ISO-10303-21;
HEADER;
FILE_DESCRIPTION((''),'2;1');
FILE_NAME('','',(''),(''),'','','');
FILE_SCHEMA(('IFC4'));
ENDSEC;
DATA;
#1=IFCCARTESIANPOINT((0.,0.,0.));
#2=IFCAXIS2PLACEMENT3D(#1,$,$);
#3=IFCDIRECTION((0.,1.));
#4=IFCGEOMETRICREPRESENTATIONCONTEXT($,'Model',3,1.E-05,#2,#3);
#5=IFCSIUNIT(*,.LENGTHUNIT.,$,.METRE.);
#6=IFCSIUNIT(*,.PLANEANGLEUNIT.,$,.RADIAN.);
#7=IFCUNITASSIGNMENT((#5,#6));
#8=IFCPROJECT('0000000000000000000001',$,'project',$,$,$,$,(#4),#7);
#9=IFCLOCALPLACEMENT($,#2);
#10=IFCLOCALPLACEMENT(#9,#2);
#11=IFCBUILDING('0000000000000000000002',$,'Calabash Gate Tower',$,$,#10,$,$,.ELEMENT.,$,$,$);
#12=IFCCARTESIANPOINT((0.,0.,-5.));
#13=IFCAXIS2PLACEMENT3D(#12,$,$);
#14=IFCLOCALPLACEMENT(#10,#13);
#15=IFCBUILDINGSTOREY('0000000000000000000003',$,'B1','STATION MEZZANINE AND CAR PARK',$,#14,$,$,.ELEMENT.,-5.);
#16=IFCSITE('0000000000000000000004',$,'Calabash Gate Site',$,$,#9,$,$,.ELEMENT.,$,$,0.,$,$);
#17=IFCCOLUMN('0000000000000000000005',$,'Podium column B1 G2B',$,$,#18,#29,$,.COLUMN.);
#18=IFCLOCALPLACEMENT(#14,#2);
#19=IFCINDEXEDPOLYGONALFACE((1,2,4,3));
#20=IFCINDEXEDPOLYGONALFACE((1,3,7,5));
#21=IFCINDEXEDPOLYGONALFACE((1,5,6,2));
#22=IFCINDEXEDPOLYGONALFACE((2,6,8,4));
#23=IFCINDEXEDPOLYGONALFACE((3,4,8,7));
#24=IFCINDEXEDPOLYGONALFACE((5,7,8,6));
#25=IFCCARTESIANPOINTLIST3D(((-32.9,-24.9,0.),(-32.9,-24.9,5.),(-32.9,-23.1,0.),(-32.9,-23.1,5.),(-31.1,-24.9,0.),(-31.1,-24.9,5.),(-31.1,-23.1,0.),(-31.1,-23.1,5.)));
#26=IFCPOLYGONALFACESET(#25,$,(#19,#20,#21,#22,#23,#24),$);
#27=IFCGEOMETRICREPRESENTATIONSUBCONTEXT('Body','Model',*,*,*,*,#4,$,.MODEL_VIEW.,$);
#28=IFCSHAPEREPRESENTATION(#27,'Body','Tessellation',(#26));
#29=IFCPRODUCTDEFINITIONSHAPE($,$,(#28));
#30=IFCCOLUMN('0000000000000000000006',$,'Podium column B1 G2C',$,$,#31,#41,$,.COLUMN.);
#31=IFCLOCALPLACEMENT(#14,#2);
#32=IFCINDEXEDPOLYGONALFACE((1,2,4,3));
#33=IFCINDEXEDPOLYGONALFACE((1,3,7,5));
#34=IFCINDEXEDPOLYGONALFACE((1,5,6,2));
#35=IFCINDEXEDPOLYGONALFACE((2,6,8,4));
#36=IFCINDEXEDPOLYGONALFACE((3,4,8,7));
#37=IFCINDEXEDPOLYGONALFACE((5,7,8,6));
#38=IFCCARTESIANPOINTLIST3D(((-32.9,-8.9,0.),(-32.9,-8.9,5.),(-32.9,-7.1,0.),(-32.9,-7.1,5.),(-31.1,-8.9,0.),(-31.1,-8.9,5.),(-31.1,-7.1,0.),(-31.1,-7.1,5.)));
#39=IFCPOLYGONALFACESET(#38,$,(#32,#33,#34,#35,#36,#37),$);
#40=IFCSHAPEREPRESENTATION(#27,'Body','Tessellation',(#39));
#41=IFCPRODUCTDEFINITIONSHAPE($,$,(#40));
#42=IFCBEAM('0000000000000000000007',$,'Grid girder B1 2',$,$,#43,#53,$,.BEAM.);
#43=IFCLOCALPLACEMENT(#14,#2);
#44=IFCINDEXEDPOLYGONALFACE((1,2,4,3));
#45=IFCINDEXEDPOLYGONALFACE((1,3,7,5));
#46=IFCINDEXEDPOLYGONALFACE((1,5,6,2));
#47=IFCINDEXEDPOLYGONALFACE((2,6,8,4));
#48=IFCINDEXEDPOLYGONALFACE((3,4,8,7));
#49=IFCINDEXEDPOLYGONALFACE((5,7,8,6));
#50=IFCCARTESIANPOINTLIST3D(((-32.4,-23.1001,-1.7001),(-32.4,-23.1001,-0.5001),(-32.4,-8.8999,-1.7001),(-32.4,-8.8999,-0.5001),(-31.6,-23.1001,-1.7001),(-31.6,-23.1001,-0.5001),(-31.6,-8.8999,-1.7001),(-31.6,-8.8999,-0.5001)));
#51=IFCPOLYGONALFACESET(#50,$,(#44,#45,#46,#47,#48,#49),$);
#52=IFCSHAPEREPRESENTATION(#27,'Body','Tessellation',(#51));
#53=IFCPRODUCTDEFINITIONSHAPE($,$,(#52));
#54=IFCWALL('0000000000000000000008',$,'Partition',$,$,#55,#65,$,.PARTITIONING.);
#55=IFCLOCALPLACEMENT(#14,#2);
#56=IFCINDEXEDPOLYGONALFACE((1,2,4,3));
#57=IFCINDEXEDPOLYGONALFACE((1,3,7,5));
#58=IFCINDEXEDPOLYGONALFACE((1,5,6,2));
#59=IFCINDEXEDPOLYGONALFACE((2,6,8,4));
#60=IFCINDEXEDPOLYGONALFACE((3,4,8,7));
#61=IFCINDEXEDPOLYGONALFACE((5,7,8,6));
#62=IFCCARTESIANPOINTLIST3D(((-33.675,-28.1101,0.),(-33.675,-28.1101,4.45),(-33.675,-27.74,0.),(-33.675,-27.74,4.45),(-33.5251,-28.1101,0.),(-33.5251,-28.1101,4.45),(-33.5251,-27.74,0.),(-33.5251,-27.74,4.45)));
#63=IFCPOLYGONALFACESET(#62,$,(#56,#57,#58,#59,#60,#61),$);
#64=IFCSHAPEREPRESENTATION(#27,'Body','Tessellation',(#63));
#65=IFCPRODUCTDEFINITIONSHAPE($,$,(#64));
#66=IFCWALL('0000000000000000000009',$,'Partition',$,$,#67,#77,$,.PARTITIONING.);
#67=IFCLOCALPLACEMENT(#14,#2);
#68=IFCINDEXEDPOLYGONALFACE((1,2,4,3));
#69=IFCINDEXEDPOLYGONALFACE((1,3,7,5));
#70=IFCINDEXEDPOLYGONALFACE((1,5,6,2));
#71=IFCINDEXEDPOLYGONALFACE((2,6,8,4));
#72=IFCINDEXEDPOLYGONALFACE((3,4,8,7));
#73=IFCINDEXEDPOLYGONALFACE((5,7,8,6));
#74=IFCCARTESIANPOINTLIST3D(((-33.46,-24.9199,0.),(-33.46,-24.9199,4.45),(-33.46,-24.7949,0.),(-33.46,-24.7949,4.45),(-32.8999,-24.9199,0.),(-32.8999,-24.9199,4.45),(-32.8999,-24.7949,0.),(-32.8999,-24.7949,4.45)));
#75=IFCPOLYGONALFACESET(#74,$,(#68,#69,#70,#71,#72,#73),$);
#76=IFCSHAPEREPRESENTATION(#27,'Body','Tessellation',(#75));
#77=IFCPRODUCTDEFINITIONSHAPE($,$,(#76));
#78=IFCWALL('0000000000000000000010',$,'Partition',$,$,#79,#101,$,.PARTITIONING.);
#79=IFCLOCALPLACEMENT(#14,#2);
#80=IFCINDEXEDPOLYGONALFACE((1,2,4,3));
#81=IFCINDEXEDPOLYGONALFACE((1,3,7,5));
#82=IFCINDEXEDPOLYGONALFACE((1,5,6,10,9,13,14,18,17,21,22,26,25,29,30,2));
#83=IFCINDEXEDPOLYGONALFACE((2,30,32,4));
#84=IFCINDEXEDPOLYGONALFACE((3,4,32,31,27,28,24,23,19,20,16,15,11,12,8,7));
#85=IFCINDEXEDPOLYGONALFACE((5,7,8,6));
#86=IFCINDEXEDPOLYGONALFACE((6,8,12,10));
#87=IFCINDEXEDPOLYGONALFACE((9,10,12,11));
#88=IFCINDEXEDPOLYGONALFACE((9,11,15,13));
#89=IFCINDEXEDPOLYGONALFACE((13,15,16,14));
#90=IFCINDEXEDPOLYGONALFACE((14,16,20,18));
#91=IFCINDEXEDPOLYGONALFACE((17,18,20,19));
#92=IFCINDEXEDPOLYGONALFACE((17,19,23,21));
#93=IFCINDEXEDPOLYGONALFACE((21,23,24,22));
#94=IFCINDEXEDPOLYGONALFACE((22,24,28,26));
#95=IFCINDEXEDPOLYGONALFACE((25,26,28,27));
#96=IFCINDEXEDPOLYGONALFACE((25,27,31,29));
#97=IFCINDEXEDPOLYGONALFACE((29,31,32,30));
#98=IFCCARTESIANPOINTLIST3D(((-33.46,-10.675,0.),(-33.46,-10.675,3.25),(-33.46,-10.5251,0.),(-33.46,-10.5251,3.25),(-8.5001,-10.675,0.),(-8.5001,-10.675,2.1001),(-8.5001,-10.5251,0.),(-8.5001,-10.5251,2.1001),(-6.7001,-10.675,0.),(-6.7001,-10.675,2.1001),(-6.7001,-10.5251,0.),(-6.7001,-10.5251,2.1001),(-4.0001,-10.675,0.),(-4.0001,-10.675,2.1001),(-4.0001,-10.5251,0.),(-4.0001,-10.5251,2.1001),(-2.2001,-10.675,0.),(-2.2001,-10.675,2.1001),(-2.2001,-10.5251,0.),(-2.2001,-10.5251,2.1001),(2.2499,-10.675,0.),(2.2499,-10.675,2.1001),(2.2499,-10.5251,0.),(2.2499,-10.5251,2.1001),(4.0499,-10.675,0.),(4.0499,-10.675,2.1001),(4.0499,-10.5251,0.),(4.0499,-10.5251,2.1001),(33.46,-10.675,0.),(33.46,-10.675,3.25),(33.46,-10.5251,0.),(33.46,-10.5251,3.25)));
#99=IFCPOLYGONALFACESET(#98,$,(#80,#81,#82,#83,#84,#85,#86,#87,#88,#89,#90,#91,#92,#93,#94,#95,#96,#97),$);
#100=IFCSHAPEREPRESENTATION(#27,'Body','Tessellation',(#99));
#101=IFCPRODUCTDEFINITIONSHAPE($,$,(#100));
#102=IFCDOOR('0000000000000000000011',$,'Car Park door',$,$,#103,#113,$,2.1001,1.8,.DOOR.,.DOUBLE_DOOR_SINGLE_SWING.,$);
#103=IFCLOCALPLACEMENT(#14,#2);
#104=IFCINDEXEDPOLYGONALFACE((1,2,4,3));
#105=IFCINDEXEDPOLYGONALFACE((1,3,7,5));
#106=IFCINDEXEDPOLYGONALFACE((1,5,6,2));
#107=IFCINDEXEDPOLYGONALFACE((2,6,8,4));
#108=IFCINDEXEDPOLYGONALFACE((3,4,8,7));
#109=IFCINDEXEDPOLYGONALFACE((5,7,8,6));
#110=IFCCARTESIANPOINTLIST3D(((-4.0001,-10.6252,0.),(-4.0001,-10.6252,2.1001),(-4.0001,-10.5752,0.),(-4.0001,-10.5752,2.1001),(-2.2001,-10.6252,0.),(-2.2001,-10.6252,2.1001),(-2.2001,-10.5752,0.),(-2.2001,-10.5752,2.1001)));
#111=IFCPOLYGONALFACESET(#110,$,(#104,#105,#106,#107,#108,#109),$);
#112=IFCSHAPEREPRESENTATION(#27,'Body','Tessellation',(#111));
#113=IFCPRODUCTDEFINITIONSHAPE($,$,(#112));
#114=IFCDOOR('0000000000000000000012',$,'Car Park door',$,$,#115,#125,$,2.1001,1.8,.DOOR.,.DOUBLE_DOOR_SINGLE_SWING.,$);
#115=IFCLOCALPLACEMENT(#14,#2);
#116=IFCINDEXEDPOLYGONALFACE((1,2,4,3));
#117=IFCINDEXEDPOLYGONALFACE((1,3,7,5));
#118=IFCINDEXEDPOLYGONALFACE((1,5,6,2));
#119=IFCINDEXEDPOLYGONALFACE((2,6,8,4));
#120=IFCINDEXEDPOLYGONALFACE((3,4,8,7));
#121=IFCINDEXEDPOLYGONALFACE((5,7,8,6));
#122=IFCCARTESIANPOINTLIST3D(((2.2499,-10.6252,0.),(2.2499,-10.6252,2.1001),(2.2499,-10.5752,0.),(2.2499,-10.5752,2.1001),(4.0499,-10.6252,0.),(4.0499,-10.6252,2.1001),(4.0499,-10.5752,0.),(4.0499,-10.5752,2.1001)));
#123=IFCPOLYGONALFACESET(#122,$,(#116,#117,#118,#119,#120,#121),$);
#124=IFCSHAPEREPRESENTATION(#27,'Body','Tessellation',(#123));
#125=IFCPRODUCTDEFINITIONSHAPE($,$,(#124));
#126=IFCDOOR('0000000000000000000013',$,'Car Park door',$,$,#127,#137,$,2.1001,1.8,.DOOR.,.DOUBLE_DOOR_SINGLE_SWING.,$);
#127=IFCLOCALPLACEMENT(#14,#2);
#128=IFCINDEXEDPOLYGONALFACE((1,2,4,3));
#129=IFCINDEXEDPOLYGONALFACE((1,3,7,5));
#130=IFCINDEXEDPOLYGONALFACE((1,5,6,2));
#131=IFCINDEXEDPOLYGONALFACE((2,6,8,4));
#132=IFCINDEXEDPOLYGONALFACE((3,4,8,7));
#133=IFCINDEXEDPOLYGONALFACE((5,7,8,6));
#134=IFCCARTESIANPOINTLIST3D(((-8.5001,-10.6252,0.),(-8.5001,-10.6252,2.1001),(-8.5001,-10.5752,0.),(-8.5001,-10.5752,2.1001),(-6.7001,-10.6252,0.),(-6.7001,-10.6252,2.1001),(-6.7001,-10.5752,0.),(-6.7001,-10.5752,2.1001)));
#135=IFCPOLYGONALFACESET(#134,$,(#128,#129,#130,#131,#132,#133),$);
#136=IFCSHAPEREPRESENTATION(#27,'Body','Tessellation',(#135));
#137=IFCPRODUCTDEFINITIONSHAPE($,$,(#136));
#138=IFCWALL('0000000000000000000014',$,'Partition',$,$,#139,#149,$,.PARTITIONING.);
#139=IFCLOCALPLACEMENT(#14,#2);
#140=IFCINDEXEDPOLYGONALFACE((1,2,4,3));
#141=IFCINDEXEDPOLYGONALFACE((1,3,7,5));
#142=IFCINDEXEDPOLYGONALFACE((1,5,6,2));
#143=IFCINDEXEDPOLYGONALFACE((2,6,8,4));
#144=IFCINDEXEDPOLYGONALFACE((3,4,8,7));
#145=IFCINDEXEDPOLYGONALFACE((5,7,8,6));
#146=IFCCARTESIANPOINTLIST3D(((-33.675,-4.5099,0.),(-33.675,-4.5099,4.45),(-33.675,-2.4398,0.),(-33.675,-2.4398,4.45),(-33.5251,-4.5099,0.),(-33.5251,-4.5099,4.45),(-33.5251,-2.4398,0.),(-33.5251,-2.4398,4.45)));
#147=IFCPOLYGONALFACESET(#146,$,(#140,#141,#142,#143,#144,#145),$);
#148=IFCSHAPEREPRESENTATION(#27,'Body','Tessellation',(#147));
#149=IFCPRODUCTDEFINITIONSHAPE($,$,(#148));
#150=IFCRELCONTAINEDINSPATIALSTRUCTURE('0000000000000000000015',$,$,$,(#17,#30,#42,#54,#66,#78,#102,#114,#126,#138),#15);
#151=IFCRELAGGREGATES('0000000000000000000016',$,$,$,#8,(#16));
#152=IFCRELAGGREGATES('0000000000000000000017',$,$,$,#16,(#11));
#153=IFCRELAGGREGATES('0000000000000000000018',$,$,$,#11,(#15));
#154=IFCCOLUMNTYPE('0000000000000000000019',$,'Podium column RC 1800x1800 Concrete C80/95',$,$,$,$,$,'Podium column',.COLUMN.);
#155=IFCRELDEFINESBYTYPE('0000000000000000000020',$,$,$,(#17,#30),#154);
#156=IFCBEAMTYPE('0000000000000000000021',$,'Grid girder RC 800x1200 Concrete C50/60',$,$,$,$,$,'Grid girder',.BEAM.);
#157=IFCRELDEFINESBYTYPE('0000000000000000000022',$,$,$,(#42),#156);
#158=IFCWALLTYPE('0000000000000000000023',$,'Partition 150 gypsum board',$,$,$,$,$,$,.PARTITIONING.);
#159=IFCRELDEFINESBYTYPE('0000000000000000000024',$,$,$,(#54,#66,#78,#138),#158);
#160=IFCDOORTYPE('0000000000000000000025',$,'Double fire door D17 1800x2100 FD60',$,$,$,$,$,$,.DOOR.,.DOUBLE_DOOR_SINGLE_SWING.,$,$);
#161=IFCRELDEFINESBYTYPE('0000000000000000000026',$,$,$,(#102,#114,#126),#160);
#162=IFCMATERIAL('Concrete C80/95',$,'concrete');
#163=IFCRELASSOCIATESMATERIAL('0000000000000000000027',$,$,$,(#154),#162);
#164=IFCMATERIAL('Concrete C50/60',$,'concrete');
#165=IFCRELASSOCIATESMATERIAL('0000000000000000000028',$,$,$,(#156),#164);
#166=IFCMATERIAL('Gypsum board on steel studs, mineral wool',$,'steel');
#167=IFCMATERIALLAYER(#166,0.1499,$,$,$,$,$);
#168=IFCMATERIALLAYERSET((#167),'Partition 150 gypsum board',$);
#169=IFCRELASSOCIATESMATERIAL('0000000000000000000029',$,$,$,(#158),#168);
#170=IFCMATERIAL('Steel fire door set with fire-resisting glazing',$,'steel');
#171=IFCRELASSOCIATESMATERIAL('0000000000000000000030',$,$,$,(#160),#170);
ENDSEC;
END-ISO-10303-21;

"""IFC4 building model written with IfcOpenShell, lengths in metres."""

from ifc_helpers import new_model, si_unit, direction, frame, frame_2d, origin, origin_2d, place, context, subcontext, project, spatial, rectangle, extrude, material, layer, layer_set, material_profile, profile_set, type_object, element, fill, save


model = new_model("IFC4")

# Units and contexts
model_context = context("Model", 3, precision=1e-05, world=origin(), true_north=direction((0.0, 1.0)))
body_context = subcontext(model_context, "Body", "Model", "MODEL_VIEW")
ifc_project = project(units=[si_unit("LENGTHUNIT", "METRE"), si_unit("PLANEANGLEUNIT", "RADIAN")], contexts=[model_context])

# Site, building, storey
site_placement = place(None, origin())
site = spatial("IfcSite", under=ifc_project, at=site_placement, Name="Calabash Gate Site", CompositionType="ELEMENT", RefElevation=0.0)
building_placement = place(site_placement, origin())
building = spatial("IfcBuilding", under=site, at=building_placement, Name="Calabash Gate Tower", CompositionType="ELEMENT")
storey_placement = place(building_placement, frame((0.0, 0.0, -5.0)))
storey = spatial("IfcBuildingStorey", under=building, at=storey_placement, Name="B1", Description="STATION MEZZANINE AND CAR PARK", CompositionType="ELEMENT", Elevation=-5.0)

# Columns
ifc_material_1 = material(Name="Concrete C80/95", Category="concrete")
ifc_material_profile_1 = material_profile(ifc_material_1, rectangle(XDim=1.8, YDim=1.8, at=origin_2d()))
ifc_profile_set_1 = profile_set([ifc_material_profile_1], Name="Concrete C80/95")
column_type = type_object("IfcColumnType", Name="Podium column RC 1800x1800 Concrete C80/95", ElementType="Podium column", PredefinedType="COLUMN", material=ifc_profile_set_1)
for number, where, z_axis, x_axis, name in (
    (1, (-32.0, -24.0, 0.0), (0.0, 0.0, 1.0), (1.0, 0.0, 0.0), "Podium column B1 G2B"),
    (2, (-32.0, -8.0, 0.0), (0.0, 0.0, 1.0), (1.0, 0.0, 0.0), "Podium column B1 G2C"),
):
    element("IfcColumn", number, at=place(storey_placement, frame(where, z_axis=z_axis, x_axis=x_axis)), inside=storey, type_object=column_type, Name=name, PredefinedType="COLUMN", context=body_context, shape_type="SweptSolid", body=[
        extrude(rectangle(XDim=1.8, YDim=1.8, at=origin_2d()), origin(), (0.0, 0.0, 1.0), 5.0),
    ])

# Beam
ifc_material_2 = material(Name="Concrete C50/60", Category="concrete")
ifc_material_profile_2 = material_profile(ifc_material_2, rectangle(XDim=0.8, YDim=1.2, at=origin_2d()))
ifc_profile_set_2 = profile_set([ifc_material_profile_2], Name="Concrete C50/60")
beam_type = type_object("IfcBeamType", Name="Grid girder RC 800x1200 Concrete C50/60", ElementType="Grid girder", PredefinedType="BEAM", material=ifc_profile_set_2)
beam_placement = place(storey_placement, frame((-32.0, -23.1001, -1.1001), z_axis=(0.0, 1.0, 0.0), x_axis=(-1.0, 0.0, 0.0)))
element("IfcBeam", 3, at=beam_placement, inside=storey, type_object=beam_type, Name="Grid girder B1 2", PredefinedType="BEAM", context=body_context, shape_type="SweptSolid", body=[
    extrude(rectangle(XDim=0.8, YDim=1.2, at=origin_2d()), origin(), (0.0, 0.0, 1.0), 14.2002),
])

# Walls
ifc_material_3 = material(Name="Gypsum board on steel studs, mineral wool", Category="steel")
ifc_layer_1 = layer(ifc_material_3, 0.1499)
ifc_layer_set_1 = layer_set([ifc_layer_1], Name="Partition 150 gypsum board")
wall_type_1 = type_object("IfcWallType", Name="Partition 150 gypsum board", PredefinedType="PARTITIONING", material=ifc_layer_set_1)
wall_1_placement = place(storey_placement, frame((-33.6001, -28.1101, 0.0), z_axis=(0.0, 0.0, 1.0), x_axis=(0.0, 1.0, 0.0)))
element("IfcWall", 4, at=wall_1_placement, inside=storey, type_object=wall_type_1, Name="Partition", PredefinedType="PARTITIONING", context=body_context, shape_type="SweptSolid", body=[
    extrude(rectangle(XDim=0.3701, YDim=0.1499, at=frame_2d((0.1851, 0.0))), origin(), (0.0, 0.0, 1.0), 4.45),
])
wall_2_placement = place(storey_placement, frame((-33.46, -24.8574, 0.0), z_axis=(0.0, 0.0, 1.0), x_axis=(1.0, 0.0, 0.0)))
element("IfcWall", 5, at=wall_2_placement, inside=storey, type_object=wall_type_1, Name="Partition", PredefinedType="PARTITIONING", context=body_context, shape_type="SweptSolid", body=[
    extrude(rectangle(XDim=0.5601, YDim=0.125, at=frame_2d((0.28, 0.0))), origin(), (0.0, 0.0, 1.0), 4.45),
])

# Wall, openings, doors
wall_3_placement = place(storey_placement, frame((-33.46, -10.6001, 0.0), z_axis=(0.0, 0.0, 1.0), x_axis=(1.0, 0.0, 0.0)))
wall_3 = element("IfcWall", 6, at=wall_3_placement, inside=storey, type_object=wall_type_1, Name="Partition", PredefinedType="PARTITIONING", context=body_context, shape_type="SweptSolid", body=[
    extrude(rectangle(XDim=66.9199, YDim=0.1499, at=frame_2d((33.46, 0.0))), origin(), (0.0, 0.0, 1.0), 3.25),
])
opening_1_placement = place(wall_3_placement, frame((29.46, 0.0, 0.0)))
opening_1 = element("IfcOpeningElement", 7, at=opening_1_placement, cuts=wall_3, PredefinedType="OPENING", context=body_context, shape_type="SweptSolid", body=[
    extrude(rectangle(XDim=1.8, YDim=2.1001, at=frame_2d((0.8999, 1.05))), frame((0.0, 0.085, 0.0), z_axis=(0.0, -1.0, 0.0), x_axis=(1.0, 0.0, 0.0)), (0.0, 0.0, 1.0), 0.1699),
])
opening_2_placement = place(wall_3_placement, frame((35.71, 0.0, 0.0)))
opening_2 = element("IfcOpeningElement", 8, at=opening_2_placement, cuts=wall_3, PredefinedType="OPENING", context=body_context, shape_type="SweptSolid", body=[
    extrude(rectangle(XDim=1.8, YDim=2.1001, at=frame_2d((0.8999, 1.05))), frame((0.0, 0.085, 0.0), z_axis=(0.0, -1.0, 0.0), x_axis=(1.0, 0.0, 0.0)), (0.0, 0.0, 1.0), 0.1699),
])
opening_3_placement = place(wall_3_placement, frame((24.96, 0.0, 0.0)))
opening_3 = element("IfcOpeningElement", 9, at=opening_3_placement, cuts=wall_3, PredefinedType="OPENING", context=body_context, shape_type="SweptSolid", body=[
    extrude(rectangle(XDim=1.8, YDim=2.1001, at=frame_2d((0.8999, 1.05))), frame((0.0, 0.085, 0.0), z_axis=(0.0, -1.0, 0.0), x_axis=(1.0, 0.0, 0.0)), (0.0, 0.0, 1.0), 0.1699),
])
ifc_material_4 = material(Name="Steel fire door set with fire-resisting glazing", Category="steel")
door_type_1 = type_object("IfcDoorType", Name="Double fire door D17 1800x2100 FD60", OperationType="DOUBLE_DOOR_SINGLE_SWING", PredefinedType="DOOR", material=ifc_material_4)
door_1_placement = place(opening_1_placement, origin())
door_1 = element("IfcDoor", 10, at=door_1_placement, inside=storey, type_object=door_type_1, Name="Car Park door", OperationType="DOUBLE_DOOR_SINGLE_SWING", OverallHeight=2.1001, OverallWidth=1.8, PredefinedType="DOOR", context=body_context, shape_type="SweptSolid", body=[
    extrude(rectangle(XDim=1.8, YDim=2.1001, at=frame_2d((0.8999, 1.05))), frame((0.0, 0.0249, 0.0), z_axis=(0.0, -1.0, 0.0), x_axis=(1.0, 0.0, 0.0)), (0.0, 0.0, 1.0), 0.05),
])
fill(opening_1, door_1)
door_2_placement = place(opening_2_placement, origin())
door_2 = element("IfcDoor", 11, at=door_2_placement, inside=storey, type_object=door_type_1, Name="Car Park door", OperationType="DOUBLE_DOOR_SINGLE_SWING", OverallHeight=2.1001, OverallWidth=1.8, PredefinedType="DOOR", context=body_context, shape_type="SweptSolid", body=[
    extrude(rectangle(XDim=1.8, YDim=2.1001, at=frame_2d((0.8999, 1.05))), frame((0.0, 0.0249, 0.0), z_axis=(0.0, -1.0, 0.0), x_axis=(1.0, 0.0, 0.0)), (0.0, 0.0, 1.0), 0.05),
])
fill(opening_2, door_2)
door_3_placement = place(opening_3_placement, origin())
door_3 = element("IfcDoor", 12, at=door_3_placement, inside=storey, type_object=door_type_1, Name="Car Park door", OperationType="DOUBLE_DOOR_SINGLE_SWING", OverallHeight=2.1001, OverallWidth=1.8, PredefinedType="DOOR", context=body_context, shape_type="SweptSolid", body=[
    extrude(rectangle(XDim=1.8, YDim=2.1001, at=frame_2d((0.8999, 1.05))), frame((0.0, 0.0249, 0.0), z_axis=(0.0, -1.0, 0.0), x_axis=(1.0, 0.0, 0.0)), (0.0, 0.0, 1.0), 0.05),
])
fill(opening_3, door_3)

# Wall
wall_4_placement = place(storey_placement, frame((-33.6001, -4.51, 0.0), z_axis=(0.0, 0.0, 1.0), x_axis=(0.0, 1.0, 0.0)))
element("IfcWall", 13, at=wall_4_placement, inside=storey, type_object=wall_type_1, Name="Partition", PredefinedType="PARTITIONING", context=body_context, shape_type="SweptSolid", body=[
    extrude(rectangle(XDim=2.0701, YDim=0.1499, at=frame_2d((1.0352, 0.0))), origin(), (0.0, 0.0, 1.0), 4.45),
])

save(model, "model.ifc")
